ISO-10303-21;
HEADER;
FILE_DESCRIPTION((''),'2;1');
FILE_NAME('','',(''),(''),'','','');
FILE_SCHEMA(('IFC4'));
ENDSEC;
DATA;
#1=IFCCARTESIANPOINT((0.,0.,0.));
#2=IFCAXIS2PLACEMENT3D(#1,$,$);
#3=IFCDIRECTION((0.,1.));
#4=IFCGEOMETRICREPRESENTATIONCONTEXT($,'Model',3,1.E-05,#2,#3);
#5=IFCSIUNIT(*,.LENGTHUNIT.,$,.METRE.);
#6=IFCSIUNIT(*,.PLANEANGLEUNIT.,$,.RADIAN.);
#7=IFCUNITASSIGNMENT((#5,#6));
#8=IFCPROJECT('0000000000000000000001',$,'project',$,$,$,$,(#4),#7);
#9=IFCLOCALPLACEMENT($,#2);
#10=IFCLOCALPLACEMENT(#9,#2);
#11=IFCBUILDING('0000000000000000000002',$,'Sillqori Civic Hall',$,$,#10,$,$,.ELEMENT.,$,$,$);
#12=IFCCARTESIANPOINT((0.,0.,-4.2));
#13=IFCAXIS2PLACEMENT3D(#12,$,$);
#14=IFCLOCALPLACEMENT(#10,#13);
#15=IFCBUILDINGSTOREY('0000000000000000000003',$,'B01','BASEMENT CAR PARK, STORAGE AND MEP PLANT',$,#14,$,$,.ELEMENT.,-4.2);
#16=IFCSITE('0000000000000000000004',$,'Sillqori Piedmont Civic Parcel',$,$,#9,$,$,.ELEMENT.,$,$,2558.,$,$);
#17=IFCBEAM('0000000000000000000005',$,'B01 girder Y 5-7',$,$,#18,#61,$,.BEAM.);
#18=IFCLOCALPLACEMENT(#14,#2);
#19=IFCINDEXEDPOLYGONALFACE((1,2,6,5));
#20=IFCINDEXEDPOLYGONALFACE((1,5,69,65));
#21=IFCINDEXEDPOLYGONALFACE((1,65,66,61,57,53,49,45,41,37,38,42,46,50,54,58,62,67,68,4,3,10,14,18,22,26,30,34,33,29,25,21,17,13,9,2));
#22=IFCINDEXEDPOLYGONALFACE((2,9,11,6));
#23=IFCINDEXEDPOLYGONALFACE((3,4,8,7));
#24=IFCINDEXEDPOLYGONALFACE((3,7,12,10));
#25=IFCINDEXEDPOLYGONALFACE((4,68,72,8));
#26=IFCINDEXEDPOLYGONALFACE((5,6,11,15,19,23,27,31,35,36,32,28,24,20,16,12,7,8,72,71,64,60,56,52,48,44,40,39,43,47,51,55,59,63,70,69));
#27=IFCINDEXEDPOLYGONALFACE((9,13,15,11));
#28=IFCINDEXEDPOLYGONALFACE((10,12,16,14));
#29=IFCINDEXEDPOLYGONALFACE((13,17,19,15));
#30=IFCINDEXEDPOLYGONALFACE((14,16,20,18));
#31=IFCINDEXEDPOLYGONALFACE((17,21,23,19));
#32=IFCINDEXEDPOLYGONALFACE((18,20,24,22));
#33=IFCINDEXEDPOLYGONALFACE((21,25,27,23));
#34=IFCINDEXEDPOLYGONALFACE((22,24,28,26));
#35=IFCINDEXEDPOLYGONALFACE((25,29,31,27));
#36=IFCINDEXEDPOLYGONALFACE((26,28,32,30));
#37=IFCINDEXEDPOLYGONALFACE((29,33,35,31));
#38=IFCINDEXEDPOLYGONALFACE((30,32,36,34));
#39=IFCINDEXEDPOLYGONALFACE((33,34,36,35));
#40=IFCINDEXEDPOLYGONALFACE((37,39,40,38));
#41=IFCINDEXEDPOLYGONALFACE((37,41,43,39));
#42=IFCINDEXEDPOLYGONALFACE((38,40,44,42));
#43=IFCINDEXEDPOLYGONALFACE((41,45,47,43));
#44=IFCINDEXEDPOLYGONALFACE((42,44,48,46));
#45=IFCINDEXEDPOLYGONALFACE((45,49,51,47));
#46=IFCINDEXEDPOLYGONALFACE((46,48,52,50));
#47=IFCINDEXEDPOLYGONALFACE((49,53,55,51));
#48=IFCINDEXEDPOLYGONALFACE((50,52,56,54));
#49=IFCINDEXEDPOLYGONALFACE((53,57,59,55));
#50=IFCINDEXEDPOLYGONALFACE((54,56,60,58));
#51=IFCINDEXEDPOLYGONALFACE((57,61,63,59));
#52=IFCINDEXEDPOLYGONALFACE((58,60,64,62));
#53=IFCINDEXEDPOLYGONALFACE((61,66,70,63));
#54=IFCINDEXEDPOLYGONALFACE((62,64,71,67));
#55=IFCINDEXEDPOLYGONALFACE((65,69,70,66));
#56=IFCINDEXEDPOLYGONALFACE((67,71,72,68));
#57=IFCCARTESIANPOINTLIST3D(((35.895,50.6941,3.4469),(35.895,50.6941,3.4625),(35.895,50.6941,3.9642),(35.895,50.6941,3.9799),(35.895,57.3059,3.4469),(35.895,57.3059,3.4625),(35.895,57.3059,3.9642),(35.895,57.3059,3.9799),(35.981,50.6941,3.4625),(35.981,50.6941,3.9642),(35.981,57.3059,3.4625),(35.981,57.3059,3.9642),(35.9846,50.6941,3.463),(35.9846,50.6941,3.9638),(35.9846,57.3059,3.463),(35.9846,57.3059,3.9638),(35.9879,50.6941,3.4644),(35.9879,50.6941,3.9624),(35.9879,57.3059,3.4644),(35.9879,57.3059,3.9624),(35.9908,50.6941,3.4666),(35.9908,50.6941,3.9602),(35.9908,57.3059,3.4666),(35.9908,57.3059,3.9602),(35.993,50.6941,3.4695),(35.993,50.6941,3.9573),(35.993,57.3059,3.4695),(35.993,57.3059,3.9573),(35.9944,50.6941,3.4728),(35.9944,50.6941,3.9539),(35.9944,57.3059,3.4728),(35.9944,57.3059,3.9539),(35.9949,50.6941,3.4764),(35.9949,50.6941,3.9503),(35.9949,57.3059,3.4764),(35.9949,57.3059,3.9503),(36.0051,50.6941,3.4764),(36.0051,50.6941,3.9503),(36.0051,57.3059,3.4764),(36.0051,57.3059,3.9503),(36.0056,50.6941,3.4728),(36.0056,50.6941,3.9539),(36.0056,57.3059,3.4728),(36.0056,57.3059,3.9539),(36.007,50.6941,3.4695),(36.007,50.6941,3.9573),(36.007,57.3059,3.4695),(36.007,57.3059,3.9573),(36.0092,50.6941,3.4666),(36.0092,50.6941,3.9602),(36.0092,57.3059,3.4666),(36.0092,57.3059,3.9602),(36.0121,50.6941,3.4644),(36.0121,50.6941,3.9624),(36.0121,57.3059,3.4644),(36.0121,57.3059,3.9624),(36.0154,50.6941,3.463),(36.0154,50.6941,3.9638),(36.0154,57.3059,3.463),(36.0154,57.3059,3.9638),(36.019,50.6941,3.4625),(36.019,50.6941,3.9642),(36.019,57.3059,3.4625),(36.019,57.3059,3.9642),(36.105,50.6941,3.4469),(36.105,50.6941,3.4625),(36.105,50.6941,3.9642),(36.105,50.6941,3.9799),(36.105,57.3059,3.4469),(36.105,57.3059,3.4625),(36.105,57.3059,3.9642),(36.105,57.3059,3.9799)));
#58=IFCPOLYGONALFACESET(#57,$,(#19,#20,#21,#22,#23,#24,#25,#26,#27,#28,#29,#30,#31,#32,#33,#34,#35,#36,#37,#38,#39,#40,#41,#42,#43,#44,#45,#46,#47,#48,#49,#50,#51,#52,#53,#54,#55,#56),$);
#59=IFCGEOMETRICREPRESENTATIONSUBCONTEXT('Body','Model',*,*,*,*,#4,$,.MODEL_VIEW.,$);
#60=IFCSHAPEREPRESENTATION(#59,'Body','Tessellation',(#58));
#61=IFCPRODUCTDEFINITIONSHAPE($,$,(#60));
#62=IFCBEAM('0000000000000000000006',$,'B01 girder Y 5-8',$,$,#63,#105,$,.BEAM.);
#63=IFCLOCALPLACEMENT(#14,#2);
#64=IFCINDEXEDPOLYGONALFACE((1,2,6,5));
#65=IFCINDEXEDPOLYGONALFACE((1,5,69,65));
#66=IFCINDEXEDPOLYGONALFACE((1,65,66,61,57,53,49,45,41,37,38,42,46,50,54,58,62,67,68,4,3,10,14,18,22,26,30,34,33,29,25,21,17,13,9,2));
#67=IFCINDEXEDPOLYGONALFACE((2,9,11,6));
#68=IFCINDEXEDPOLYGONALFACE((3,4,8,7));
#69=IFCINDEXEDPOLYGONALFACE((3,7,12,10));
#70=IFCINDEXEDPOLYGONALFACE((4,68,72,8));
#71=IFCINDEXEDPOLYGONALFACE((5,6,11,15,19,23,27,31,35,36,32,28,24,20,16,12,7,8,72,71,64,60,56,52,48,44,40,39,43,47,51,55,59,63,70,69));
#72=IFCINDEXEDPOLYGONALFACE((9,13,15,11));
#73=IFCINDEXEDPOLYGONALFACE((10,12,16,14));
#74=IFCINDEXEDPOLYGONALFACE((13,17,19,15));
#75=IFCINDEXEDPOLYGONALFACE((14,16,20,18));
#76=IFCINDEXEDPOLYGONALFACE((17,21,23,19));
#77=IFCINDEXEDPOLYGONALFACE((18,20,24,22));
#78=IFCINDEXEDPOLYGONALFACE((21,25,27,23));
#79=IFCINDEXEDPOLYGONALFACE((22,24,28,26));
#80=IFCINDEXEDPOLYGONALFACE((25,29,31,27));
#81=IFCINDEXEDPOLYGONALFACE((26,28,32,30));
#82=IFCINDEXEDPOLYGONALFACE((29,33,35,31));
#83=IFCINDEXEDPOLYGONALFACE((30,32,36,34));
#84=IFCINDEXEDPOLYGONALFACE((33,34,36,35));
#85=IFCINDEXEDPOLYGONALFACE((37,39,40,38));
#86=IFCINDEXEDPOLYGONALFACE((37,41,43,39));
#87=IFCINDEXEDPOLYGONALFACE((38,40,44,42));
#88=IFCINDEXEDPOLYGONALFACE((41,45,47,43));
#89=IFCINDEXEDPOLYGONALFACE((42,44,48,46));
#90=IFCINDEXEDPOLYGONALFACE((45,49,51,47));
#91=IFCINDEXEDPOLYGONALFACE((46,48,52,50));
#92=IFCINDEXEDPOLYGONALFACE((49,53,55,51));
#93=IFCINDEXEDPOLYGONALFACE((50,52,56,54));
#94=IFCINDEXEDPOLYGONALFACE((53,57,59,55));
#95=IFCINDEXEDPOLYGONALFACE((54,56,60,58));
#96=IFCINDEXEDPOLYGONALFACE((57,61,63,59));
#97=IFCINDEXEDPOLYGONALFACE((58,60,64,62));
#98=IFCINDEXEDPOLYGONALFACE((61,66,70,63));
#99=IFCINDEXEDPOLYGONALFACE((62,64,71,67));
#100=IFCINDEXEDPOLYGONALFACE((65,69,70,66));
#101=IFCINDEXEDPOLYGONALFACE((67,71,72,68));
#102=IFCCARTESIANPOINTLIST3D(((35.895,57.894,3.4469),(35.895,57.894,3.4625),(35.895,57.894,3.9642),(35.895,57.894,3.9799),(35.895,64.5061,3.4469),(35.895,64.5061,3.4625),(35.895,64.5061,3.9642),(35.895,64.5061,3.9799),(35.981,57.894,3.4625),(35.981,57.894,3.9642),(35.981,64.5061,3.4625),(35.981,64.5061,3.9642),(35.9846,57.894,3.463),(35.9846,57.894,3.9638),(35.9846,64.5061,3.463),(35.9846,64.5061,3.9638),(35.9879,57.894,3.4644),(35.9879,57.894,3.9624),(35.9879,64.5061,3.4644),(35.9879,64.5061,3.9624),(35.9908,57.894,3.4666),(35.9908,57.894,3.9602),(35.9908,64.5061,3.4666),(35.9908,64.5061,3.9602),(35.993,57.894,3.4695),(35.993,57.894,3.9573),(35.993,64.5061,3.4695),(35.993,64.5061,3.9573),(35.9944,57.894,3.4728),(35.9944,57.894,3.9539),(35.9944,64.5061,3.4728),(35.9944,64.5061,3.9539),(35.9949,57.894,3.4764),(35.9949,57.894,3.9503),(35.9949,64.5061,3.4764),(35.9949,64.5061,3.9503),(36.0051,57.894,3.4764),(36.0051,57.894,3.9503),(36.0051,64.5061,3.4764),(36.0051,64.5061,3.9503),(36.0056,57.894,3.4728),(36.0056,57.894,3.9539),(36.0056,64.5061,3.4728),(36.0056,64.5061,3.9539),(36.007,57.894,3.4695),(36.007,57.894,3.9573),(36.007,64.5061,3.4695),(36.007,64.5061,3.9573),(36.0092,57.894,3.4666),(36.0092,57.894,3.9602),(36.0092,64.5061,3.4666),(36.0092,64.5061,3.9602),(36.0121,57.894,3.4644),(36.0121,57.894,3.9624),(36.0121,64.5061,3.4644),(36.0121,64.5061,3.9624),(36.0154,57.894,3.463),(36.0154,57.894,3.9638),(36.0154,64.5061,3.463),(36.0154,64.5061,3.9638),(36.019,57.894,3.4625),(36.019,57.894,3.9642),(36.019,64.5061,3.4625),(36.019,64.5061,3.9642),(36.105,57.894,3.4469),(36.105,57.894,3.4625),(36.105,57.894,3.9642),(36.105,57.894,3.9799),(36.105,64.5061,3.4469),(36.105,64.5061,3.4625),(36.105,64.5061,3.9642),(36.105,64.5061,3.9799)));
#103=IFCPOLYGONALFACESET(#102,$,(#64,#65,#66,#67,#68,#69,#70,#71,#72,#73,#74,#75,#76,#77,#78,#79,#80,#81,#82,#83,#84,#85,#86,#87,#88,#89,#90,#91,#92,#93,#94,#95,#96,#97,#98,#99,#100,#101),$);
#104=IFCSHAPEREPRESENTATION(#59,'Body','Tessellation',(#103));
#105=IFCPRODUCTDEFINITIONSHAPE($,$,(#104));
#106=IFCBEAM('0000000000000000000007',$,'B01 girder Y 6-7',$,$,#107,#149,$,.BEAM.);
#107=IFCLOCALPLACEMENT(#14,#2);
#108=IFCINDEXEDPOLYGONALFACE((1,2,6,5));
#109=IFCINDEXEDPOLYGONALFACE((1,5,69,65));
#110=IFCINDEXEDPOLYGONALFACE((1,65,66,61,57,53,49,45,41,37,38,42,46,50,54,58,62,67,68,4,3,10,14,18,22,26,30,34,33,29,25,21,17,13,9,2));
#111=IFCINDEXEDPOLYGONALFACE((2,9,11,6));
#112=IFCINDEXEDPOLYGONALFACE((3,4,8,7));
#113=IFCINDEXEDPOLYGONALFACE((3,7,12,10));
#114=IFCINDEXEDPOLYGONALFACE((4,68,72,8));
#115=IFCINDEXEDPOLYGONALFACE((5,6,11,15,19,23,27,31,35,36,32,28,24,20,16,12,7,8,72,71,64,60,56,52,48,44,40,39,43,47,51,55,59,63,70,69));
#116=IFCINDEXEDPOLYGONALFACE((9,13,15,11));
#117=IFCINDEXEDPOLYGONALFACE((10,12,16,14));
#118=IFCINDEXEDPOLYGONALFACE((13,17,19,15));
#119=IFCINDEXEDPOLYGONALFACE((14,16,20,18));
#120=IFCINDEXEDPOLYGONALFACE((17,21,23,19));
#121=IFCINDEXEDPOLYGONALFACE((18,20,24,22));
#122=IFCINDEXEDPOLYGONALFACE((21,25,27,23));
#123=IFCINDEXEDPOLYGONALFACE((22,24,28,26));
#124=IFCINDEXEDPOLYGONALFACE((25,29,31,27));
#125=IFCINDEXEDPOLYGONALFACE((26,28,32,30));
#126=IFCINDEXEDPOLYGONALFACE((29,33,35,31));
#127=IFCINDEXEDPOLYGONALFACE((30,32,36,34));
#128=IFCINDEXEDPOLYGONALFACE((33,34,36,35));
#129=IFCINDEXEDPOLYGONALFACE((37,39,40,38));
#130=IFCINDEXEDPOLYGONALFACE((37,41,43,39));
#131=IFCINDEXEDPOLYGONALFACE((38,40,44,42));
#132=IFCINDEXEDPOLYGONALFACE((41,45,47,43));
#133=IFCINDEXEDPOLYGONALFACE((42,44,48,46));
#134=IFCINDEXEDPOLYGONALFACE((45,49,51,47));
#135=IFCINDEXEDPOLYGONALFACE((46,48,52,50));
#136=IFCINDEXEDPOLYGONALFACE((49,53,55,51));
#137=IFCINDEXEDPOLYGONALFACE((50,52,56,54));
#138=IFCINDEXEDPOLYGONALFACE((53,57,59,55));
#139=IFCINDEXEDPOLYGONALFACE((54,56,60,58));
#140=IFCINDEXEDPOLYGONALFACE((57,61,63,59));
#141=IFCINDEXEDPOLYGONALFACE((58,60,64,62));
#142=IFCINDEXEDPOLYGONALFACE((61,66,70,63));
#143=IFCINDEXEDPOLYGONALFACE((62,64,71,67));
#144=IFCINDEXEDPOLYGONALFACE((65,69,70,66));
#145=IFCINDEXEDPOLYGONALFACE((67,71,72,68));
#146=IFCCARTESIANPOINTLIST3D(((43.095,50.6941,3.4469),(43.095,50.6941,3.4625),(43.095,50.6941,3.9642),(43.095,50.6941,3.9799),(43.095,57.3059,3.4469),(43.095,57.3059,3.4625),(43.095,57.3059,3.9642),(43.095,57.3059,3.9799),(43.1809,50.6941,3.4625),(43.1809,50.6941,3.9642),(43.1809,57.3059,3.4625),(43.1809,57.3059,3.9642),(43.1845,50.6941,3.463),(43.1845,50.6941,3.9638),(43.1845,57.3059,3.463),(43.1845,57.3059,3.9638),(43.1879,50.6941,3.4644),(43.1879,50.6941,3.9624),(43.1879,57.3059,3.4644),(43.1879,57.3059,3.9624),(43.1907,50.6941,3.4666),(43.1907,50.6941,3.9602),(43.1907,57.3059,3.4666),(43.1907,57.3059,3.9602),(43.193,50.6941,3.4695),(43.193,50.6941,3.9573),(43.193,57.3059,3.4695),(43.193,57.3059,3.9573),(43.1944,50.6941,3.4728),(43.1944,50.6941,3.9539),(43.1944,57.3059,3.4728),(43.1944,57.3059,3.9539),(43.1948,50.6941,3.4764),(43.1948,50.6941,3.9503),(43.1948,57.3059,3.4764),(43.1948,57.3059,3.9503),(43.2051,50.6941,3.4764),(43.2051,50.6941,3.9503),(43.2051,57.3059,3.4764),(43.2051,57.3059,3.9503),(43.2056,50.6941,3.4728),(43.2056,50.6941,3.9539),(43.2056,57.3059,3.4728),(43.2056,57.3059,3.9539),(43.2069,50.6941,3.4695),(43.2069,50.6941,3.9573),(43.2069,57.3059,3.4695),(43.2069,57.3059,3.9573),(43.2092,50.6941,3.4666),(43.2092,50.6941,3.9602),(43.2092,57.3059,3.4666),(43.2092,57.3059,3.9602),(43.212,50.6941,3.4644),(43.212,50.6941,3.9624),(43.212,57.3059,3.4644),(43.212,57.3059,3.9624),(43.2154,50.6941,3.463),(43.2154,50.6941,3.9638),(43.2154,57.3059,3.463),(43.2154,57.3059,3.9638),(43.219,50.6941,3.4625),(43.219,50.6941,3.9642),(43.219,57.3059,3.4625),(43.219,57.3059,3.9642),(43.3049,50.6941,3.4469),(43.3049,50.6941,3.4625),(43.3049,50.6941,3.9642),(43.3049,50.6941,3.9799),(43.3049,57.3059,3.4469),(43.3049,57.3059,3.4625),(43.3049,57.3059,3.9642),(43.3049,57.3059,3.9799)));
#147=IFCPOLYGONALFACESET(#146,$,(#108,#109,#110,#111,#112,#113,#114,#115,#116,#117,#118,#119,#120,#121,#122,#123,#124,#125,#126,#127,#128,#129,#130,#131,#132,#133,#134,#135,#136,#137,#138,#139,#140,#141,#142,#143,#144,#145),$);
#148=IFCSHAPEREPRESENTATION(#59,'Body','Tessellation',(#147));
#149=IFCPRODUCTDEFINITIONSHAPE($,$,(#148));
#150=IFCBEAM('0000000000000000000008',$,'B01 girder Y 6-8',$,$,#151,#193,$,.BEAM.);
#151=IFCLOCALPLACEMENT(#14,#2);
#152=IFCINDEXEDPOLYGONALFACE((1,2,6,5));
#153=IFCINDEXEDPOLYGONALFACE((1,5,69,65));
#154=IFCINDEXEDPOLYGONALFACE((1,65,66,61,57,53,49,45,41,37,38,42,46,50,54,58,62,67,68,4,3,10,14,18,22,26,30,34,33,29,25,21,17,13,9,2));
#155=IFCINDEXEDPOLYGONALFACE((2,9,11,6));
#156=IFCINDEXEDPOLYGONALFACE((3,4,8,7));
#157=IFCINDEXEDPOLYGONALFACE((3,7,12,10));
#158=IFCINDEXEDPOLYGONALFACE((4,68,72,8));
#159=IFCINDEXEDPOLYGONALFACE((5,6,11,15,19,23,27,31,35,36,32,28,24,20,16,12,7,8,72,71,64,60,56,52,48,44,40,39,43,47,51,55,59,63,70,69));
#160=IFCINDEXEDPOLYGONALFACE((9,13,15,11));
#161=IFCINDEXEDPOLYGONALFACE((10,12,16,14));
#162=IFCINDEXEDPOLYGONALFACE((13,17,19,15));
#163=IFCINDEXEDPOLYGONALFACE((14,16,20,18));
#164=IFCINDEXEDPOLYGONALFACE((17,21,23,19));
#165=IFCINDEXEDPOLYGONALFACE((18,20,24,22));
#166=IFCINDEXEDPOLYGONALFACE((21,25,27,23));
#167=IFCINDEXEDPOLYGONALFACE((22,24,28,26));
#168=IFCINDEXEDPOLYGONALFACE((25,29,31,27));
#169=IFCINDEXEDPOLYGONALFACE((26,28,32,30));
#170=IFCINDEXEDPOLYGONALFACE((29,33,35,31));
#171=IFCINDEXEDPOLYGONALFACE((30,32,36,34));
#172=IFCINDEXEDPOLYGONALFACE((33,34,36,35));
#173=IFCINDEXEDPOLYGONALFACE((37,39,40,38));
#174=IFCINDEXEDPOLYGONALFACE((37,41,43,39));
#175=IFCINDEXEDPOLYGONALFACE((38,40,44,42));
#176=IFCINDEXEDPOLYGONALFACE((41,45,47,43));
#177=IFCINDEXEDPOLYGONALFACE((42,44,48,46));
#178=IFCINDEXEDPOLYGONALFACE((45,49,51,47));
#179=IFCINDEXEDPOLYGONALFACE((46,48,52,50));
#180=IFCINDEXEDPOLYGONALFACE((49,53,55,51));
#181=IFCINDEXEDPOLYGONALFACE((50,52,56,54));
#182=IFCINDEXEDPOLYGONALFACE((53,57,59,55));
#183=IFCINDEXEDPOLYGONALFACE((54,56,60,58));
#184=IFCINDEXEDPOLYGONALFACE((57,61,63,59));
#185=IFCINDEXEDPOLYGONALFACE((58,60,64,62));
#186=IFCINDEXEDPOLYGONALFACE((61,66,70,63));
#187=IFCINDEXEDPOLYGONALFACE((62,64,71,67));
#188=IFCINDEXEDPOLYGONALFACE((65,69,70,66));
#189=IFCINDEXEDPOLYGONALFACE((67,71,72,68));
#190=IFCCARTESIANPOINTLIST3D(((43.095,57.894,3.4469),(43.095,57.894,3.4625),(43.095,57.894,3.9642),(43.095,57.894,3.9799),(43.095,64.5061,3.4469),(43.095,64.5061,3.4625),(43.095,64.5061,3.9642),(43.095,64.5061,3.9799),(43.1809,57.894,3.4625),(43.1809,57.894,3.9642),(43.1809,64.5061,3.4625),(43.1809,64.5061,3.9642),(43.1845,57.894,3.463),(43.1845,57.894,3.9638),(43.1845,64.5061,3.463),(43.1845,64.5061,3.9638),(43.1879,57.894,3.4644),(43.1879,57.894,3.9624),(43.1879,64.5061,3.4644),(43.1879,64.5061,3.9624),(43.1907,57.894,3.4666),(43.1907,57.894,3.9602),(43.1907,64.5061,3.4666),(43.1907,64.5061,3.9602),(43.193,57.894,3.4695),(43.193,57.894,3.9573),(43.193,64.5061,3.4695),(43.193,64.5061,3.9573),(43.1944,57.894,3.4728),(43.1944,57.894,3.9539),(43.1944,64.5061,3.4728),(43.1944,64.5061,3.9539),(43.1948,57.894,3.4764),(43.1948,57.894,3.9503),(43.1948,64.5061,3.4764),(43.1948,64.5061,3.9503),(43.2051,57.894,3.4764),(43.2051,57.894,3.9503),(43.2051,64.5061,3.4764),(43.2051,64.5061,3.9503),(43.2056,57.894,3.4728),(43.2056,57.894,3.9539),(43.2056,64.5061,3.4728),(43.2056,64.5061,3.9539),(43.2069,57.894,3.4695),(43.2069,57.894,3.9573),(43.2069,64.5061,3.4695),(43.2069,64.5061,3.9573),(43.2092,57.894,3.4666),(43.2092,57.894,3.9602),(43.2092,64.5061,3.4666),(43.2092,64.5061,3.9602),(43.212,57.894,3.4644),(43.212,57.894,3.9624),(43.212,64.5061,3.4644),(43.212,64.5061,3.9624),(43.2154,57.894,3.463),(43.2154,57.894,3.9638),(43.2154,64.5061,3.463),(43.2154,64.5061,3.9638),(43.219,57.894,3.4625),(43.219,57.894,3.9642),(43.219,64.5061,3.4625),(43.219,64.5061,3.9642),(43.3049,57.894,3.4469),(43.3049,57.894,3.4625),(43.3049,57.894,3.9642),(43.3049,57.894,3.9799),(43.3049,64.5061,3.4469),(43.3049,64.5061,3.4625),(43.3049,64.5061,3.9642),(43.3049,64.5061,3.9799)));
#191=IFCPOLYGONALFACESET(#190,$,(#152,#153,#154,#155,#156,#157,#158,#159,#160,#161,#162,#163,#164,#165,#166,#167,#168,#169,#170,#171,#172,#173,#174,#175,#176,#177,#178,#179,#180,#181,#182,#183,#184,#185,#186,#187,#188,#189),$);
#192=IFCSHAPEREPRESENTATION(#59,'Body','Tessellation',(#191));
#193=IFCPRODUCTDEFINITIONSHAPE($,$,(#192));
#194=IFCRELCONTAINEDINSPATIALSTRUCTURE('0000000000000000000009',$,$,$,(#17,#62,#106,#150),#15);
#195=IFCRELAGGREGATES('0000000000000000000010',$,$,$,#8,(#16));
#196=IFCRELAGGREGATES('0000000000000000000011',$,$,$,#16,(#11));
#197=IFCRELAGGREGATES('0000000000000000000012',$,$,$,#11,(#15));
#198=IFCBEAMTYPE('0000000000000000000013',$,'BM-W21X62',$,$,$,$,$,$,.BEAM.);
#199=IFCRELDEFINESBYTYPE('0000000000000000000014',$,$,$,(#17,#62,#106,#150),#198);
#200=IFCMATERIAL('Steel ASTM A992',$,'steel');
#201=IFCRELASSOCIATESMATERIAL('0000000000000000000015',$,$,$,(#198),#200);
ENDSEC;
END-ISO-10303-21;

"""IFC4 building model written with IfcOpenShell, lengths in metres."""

from ifc_helpers import new_model, si_unit, direction, frame, origin, origin_2d, place, context, subcontext, project, spatial, i_section, extrude, material, material_profile, profile_set, type_object, element, save


model = new_model("IFC4")

# Units and contexts
model_context = context("Model", 3, precision=1e-05, world=origin(), true_north=direction((0.0, 1.0)))
body_context = subcontext(model_context, "Body", "Model", "MODEL_VIEW")
ifc_project = project(units=[si_unit("LENGTHUNIT", "METRE"), si_unit("PLANEANGLEUNIT", "RADIAN")], contexts=[model_context])

# Site, building, storey
site_placement = place(None, origin())
site = spatial("IfcSite", under=ifc_project, at=site_placement, Name="Sillqori Piedmont Civic Parcel", CompositionType="ELEMENT", RefElevation=2558.0)
building_placement = place(site_placement, origin())
building = spatial("IfcBuilding", under=site, at=building_placement, Name="Sillqori Civic Hall", CompositionType="ELEMENT")
storey_placement = place(building_placement, frame((0.0, 0.0, -4.2)))
storey = spatial("IfcBuildingStorey", under=building, at=storey_placement, Name="B01", Description="BASEMENT CAR PARK, STORAGE AND MEP PLANT", CompositionType="ELEMENT", Elevation=-4.2)

# Beams
ifc_material_1 = material(Name="Steel ASTM A992", Category="steel")
ifc_material_profile_1 = material_profile(ifc_material_1, i_section(OverallWidth=0.21, OverallDepth=0.533, WebThickness=0.0103, FlangeThickness=0.0156, FilletRadius=0.0139, at=origin_2d()), Name="W21X62")
ifc_profile_set_1 = profile_set([ifc_material_profile_1], Name="Steel ASTM A992")
beam_type_1 = type_object("IfcBeamType", Name="BM-W21X62", PredefinedType="BEAM", material=ifc_profile_set_1)
beam_1_placement = place(storey_placement, frame((36.0, 50.6941, 3.7134), z_axis=(0.0, 1.0, 0.0), x_axis=(-1.0, 0.0, 0.0)))
element("IfcBeam", 1, at=beam_1_placement, inside=storey, type_object=beam_type_1, Name="B01 girder Y 5-7", PredefinedType="BEAM", context=body_context, shape_type="SweptSolid", body=[
    extrude(i_section(OverallWidth=0.21, OverallDepth=0.533, WebThickness=0.0103, FlangeThickness=0.0156, FilletRadius=0.0139, at=origin_2d()), origin(), (0.0, 0.0, 1.0), 6.6118),
])
beam_2_placement = place(storey_placement, frame((36.0, 57.894, 3.7134), z_axis=(0.0, 1.0, 0.0), x_axis=(-1.0, 0.0, 0.0)))
element("IfcBeam", 2, at=beam_2_placement, inside=storey, type_object=beam_type_1, Name="B01 girder Y 5-8", PredefinedType="BEAM", context=body_context, shape_type="SweptSolid", body=[
    extrude(i_section(OverallWidth=0.21, OverallDepth=0.533, WebThickness=0.0103, FlangeThickness=0.0156, FilletRadius=0.0139, at=origin_2d()), origin(), (0.0, 0.0, 1.0), 6.6121),
])
beam_3_placement = place(storey_placement, frame((43.2, 50.6941, 3.7134), z_axis=(0.0, 1.0, 0.0), x_axis=(-1.0, 0.0, 0.0)))
element("IfcBeam", 3, at=beam_3_placement, inside=storey, type_object=beam_type_1, Name="B01 girder Y 6-7", PredefinedType="BEAM", context=body_context, shape_type="SweptSolid", body=[
    extrude(i_section(OverallWidth=0.21, OverallDepth=0.533, WebThickness=0.0103, FlangeThickness=0.0156, FilletRadius=0.0139, at=origin_2d()), origin(), (0.0, 0.0, 1.0), 6.6118),
])
beam_4_placement = place(storey_placement, frame((43.2, 57.894, 3.7134), z_axis=(0.0, 1.0, 0.0), x_axis=(-1.0, 0.0, 0.0)))
element("IfcBeam", 4, at=beam_4_placement, inside=storey, type_object=beam_type_1, Name="B01 girder Y 6-8", PredefinedType="BEAM", context=body_context, shape_type="SweptSolid", body=[
    extrude(i_section(OverallWidth=0.21, OverallDepth=0.533, WebThickness=0.0103, FlangeThickness=0.0156, FilletRadius=0.0139, at=origin_2d()), origin(), (0.0, 0.0, 1.0), 6.6121),
])

save(model, "model.ifc")
